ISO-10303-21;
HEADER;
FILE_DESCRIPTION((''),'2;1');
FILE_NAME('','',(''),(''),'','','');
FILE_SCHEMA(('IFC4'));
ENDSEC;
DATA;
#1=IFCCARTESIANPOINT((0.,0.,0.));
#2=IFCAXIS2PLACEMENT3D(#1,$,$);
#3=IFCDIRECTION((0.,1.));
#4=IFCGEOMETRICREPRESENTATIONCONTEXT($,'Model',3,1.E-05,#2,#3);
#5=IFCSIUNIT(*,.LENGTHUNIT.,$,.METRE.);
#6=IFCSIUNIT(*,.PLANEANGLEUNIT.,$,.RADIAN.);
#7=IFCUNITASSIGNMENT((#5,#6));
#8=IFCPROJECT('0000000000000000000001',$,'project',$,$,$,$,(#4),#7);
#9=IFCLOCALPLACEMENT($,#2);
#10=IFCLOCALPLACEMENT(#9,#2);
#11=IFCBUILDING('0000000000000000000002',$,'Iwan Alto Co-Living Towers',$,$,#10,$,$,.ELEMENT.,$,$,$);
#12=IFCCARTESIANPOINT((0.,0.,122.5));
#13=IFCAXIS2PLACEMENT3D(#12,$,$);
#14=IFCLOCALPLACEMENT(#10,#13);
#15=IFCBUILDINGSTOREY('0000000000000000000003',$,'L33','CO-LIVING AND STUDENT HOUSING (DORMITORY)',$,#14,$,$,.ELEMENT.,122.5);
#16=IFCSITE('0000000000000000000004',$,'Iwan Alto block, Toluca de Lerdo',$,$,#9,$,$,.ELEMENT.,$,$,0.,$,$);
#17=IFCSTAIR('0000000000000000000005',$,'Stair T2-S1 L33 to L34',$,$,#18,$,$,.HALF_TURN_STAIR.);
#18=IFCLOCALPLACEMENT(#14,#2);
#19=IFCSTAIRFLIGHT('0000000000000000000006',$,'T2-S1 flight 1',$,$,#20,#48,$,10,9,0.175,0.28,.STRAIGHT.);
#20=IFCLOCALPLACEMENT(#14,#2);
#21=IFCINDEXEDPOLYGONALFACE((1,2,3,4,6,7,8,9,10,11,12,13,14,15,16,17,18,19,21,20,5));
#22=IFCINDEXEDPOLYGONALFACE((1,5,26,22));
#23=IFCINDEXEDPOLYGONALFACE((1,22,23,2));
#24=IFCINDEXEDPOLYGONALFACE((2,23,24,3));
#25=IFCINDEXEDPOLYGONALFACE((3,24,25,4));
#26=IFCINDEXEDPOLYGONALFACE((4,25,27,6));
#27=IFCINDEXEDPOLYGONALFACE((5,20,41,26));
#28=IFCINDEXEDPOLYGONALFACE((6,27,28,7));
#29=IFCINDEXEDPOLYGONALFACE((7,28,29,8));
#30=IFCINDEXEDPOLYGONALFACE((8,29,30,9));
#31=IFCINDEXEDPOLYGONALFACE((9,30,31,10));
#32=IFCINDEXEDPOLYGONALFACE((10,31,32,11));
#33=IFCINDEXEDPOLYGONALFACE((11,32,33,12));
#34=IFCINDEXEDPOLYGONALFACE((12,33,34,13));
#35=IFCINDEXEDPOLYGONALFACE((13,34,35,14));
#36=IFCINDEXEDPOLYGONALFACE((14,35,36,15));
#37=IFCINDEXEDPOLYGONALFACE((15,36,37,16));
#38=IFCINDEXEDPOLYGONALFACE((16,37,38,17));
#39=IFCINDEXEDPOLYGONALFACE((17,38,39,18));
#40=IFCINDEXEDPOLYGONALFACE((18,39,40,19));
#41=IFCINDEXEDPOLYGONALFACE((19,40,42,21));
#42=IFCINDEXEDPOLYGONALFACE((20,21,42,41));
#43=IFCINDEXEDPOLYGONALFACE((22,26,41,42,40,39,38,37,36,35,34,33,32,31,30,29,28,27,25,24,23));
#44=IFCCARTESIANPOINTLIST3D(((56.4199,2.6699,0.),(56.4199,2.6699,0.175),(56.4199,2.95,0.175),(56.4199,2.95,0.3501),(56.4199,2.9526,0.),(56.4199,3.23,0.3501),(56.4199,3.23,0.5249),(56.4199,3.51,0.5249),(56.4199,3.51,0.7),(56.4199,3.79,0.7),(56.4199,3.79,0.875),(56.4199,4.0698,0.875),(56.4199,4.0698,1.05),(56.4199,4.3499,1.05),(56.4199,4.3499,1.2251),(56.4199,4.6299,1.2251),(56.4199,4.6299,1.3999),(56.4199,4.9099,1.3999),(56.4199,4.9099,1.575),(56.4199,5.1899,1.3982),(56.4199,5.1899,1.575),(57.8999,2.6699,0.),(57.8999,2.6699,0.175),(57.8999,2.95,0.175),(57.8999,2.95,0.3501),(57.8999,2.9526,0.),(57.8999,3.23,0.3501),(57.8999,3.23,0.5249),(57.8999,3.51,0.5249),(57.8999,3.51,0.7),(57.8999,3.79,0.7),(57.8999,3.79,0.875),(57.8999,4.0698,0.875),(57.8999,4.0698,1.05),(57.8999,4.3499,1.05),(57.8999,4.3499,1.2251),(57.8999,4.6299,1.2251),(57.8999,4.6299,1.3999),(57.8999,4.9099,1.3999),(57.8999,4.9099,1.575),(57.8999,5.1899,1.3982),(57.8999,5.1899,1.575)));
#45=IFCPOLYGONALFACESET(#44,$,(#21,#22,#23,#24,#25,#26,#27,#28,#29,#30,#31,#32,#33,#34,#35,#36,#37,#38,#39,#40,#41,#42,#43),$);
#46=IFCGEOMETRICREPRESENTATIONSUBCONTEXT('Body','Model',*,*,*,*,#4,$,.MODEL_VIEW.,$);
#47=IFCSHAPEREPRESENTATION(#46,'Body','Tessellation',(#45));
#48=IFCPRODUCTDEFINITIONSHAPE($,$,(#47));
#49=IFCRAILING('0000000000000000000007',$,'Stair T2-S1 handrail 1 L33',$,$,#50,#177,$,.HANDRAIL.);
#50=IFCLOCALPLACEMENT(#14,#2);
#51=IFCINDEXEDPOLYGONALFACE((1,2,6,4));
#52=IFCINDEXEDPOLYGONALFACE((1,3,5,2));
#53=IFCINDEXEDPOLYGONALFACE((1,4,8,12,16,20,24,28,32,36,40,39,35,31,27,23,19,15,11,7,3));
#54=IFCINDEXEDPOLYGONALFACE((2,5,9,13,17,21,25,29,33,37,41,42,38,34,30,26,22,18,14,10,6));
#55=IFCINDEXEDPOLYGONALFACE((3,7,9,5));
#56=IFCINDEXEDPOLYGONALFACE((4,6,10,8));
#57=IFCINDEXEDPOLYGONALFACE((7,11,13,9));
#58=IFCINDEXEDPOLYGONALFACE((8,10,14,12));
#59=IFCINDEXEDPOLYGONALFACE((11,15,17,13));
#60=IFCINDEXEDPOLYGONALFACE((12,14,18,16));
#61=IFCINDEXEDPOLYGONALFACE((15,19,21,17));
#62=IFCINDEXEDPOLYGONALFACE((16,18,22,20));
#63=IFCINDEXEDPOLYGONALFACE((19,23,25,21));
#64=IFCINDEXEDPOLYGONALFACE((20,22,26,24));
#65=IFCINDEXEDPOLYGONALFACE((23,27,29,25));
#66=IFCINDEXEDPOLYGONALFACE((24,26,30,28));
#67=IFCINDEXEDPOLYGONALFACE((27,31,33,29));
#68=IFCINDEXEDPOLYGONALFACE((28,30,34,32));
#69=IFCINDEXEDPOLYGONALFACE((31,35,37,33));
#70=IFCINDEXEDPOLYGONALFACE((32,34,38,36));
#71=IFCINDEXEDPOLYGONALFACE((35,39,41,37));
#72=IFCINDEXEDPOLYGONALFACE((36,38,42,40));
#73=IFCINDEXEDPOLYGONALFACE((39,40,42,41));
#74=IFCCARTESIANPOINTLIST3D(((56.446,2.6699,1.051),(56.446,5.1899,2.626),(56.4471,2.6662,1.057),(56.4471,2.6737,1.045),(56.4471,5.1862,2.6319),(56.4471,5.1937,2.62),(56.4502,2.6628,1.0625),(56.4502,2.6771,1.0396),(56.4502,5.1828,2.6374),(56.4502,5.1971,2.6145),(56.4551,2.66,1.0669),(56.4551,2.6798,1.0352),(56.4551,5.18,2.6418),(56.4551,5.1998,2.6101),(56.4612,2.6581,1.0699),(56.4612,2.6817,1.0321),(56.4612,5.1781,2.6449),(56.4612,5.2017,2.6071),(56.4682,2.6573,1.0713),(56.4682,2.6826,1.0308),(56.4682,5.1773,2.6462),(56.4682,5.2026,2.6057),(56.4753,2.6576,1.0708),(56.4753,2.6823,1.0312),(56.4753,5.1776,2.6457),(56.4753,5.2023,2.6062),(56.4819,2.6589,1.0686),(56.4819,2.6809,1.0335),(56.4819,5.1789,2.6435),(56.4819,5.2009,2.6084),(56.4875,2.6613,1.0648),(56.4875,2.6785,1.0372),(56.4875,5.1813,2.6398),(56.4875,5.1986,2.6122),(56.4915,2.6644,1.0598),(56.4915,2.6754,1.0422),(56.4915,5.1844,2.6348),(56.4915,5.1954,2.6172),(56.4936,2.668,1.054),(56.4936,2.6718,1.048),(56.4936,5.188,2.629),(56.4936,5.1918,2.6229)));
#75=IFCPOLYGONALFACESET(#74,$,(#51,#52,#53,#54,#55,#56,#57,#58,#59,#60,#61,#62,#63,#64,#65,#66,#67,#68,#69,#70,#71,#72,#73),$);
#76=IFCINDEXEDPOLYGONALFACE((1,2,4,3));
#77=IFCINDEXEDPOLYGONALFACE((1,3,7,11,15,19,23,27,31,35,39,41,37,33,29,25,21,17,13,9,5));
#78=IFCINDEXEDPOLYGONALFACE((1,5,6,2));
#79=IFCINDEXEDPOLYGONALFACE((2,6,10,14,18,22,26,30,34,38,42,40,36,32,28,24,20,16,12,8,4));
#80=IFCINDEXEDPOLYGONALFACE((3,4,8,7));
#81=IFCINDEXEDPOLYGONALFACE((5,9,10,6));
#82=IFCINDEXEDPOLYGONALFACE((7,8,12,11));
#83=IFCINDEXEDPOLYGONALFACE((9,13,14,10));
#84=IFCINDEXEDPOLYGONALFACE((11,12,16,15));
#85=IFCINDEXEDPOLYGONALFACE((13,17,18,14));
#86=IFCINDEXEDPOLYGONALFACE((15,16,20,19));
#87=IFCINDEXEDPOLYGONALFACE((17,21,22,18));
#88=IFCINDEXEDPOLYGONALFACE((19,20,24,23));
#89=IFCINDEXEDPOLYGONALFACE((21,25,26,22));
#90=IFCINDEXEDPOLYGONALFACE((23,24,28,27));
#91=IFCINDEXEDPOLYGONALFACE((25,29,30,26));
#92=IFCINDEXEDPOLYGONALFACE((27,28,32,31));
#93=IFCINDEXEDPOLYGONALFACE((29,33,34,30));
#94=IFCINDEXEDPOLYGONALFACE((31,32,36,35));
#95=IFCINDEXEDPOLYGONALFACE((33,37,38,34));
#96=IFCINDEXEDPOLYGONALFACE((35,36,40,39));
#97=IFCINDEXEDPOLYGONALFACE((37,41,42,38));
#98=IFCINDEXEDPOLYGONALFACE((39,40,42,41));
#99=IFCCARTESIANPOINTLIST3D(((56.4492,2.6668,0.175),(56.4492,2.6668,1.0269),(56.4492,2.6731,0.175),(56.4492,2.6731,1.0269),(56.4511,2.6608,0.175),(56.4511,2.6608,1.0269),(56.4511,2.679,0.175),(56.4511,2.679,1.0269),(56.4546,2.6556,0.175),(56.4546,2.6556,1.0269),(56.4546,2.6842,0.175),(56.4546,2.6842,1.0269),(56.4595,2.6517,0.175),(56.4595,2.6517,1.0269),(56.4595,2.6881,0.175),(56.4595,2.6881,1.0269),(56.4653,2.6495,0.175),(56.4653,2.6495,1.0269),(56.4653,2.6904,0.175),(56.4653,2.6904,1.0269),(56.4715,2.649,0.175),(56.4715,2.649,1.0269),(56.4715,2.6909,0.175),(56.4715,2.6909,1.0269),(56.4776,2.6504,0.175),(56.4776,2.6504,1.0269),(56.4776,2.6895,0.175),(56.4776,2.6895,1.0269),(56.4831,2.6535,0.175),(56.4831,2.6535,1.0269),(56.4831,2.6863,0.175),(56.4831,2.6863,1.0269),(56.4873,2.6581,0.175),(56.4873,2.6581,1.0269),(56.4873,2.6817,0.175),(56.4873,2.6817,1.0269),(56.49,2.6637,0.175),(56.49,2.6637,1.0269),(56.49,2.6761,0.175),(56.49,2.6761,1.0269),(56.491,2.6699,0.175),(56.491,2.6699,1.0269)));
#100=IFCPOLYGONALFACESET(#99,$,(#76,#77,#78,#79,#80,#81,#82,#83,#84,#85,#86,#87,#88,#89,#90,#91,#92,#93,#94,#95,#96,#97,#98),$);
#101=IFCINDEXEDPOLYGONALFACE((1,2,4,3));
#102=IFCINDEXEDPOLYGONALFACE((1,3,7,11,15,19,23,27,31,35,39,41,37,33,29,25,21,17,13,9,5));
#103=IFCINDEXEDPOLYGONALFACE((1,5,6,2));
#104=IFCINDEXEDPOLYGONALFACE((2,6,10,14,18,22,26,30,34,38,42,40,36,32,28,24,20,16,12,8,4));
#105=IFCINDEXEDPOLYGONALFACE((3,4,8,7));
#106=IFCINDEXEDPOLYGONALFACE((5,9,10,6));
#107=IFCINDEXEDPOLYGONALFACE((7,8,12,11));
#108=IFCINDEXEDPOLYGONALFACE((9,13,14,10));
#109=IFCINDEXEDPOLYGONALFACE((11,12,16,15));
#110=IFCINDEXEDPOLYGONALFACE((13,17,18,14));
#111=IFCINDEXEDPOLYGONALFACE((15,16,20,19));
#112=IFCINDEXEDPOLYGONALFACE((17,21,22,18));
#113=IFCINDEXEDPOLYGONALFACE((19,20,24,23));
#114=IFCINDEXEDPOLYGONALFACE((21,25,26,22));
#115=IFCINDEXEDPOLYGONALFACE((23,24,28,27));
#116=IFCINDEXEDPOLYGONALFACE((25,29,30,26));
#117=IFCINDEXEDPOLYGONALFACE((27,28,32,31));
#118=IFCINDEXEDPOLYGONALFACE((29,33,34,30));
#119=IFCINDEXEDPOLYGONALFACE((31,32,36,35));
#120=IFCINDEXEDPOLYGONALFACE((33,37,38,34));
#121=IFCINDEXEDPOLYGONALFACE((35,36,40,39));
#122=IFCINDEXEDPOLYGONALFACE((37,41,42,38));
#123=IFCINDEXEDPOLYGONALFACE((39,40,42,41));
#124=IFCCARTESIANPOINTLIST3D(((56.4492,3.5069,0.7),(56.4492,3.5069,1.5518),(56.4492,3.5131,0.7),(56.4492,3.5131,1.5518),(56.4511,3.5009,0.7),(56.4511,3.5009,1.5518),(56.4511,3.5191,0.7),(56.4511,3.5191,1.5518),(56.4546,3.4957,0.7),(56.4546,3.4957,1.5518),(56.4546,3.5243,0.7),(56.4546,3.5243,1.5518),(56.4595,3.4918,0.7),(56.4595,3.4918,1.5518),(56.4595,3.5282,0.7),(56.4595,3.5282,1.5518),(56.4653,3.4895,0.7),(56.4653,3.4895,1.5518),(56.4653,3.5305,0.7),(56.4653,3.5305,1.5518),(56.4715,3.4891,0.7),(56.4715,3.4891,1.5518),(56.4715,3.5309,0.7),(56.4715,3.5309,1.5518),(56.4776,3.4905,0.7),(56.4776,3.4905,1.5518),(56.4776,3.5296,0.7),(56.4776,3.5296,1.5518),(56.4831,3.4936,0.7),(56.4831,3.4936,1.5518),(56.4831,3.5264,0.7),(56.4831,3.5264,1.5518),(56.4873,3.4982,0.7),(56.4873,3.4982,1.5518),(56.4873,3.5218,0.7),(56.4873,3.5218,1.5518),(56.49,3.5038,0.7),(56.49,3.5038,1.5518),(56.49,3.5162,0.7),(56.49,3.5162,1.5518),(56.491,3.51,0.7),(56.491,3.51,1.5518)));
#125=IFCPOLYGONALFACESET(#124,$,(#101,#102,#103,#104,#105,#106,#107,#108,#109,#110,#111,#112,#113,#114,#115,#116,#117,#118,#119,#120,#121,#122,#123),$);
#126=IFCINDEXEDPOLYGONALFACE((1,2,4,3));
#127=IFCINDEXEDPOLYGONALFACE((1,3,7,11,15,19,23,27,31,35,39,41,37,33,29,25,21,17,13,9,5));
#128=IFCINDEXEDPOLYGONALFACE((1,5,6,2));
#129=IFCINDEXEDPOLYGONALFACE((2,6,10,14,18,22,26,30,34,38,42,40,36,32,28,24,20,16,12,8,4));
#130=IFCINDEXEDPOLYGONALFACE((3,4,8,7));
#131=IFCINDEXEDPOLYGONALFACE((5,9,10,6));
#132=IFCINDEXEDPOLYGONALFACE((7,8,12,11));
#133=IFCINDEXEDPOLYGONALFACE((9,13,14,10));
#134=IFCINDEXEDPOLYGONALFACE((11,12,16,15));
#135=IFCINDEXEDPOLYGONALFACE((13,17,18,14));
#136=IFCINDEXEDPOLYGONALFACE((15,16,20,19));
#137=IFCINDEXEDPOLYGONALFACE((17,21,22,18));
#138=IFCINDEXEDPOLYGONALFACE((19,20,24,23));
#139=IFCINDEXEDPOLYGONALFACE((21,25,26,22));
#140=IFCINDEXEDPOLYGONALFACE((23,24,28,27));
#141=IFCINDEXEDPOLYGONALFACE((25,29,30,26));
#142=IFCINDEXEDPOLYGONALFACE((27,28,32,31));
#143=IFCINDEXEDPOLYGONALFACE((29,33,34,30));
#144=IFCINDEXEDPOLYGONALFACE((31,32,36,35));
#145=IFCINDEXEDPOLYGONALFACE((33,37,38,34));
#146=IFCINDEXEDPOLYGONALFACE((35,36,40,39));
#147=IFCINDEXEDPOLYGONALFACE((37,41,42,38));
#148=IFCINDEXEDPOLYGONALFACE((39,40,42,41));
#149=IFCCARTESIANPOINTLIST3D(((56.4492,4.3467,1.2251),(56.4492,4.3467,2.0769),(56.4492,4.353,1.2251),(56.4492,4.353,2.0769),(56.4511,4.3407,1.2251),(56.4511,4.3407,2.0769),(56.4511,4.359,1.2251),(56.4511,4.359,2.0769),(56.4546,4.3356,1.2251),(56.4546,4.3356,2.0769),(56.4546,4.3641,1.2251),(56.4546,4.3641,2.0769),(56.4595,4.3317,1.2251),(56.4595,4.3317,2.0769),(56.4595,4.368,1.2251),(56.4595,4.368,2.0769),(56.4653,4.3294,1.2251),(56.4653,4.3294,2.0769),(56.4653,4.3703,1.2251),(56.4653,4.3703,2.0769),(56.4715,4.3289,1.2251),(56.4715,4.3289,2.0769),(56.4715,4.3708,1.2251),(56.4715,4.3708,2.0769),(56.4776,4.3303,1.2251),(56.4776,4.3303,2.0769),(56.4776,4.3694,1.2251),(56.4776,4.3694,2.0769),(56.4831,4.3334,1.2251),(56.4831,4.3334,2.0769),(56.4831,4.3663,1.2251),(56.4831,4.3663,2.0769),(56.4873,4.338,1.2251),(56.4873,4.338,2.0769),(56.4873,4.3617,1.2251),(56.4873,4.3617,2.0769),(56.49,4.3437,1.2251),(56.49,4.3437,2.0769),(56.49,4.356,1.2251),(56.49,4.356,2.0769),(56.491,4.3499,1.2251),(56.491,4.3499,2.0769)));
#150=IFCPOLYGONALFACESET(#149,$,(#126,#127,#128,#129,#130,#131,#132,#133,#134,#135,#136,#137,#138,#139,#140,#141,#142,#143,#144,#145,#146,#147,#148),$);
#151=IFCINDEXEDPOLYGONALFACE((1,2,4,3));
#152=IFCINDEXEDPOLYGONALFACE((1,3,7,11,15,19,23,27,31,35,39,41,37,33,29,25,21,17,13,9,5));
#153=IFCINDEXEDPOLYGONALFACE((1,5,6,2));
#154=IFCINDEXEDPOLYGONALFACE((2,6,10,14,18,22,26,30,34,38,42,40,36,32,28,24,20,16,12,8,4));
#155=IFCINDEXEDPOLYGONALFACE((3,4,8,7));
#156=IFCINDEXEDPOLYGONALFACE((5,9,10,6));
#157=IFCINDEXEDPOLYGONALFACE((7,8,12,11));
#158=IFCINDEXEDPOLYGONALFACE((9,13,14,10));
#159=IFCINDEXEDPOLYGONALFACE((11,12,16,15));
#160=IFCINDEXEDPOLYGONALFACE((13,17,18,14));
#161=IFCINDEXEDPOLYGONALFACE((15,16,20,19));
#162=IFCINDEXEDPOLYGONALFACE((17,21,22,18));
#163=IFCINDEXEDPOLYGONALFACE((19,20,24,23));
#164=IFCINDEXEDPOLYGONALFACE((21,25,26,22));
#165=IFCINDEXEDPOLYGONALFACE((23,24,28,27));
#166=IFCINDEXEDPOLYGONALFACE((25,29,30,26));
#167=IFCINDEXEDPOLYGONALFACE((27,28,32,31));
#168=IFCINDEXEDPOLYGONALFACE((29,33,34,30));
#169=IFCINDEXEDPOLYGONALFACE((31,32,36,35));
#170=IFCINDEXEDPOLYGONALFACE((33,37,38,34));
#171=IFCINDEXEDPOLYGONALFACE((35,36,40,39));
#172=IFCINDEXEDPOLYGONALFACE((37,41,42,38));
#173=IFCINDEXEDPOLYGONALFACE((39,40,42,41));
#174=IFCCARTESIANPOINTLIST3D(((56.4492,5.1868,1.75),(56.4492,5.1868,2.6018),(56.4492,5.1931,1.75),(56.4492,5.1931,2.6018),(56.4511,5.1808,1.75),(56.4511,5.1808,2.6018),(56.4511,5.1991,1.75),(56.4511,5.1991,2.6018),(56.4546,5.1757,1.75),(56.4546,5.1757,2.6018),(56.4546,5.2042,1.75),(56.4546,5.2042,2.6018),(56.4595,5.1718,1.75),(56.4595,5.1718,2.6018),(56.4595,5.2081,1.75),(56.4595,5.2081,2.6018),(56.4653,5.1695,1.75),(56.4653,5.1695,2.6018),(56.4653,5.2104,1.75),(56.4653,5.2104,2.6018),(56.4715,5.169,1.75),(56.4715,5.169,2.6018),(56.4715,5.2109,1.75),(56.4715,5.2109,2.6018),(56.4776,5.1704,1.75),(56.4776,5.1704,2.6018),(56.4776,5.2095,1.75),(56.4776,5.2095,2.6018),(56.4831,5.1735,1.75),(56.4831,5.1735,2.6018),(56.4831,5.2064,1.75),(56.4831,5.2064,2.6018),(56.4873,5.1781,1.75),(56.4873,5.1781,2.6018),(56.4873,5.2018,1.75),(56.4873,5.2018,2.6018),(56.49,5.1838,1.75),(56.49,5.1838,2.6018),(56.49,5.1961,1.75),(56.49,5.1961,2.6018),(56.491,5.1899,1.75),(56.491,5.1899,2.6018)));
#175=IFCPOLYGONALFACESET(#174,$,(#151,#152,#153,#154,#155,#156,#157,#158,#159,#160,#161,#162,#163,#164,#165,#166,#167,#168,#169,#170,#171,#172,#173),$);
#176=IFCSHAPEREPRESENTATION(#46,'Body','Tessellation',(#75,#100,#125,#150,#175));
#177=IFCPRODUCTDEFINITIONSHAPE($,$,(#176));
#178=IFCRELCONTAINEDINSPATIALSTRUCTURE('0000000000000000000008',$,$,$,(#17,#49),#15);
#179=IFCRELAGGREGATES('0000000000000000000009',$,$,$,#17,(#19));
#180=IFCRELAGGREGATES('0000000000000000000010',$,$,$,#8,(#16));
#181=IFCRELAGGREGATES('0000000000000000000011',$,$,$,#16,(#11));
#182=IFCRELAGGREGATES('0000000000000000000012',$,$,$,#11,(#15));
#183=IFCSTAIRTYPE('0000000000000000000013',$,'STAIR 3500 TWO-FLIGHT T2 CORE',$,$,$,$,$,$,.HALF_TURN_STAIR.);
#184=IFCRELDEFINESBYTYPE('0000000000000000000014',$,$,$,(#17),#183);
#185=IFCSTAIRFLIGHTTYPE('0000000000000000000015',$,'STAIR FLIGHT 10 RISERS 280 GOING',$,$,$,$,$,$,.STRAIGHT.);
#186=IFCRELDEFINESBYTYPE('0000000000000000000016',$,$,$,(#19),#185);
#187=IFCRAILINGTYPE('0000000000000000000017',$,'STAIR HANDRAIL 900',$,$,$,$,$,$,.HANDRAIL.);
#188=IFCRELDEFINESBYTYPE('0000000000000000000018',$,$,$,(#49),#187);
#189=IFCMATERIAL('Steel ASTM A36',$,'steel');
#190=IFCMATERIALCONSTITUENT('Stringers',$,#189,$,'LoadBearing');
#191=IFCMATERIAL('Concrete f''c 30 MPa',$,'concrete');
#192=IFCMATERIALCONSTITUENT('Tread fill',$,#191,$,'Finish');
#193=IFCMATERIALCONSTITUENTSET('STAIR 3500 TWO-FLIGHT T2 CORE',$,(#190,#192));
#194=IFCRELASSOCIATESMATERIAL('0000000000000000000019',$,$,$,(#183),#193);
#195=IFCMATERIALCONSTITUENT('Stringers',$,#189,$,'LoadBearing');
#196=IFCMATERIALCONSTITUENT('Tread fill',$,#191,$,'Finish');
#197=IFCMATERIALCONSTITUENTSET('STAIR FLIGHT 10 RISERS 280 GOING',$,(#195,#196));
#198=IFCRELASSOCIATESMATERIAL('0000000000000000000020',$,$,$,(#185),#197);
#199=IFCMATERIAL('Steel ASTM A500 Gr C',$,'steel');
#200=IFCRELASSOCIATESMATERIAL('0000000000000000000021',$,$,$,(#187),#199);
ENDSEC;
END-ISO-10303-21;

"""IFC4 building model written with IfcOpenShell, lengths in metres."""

from ifc_helpers import new_model, si_unit, direction, frame, origin, origin_2d, place, context, subcontext, project, spatial, polyline, circle, outline, extrude, material, constituent, constituent_set, type_object, element, aggregate, save


model = new_model("IFC4")

# Units and contexts
model_context = context("Model", 3, precision=1e-05, world=origin(), true_north=direction((0.0, 1.0)))
body_context = subcontext(model_context, "Body", "Model", "MODEL_VIEW")
ifc_project = project(units=[si_unit("LENGTHUNIT", "METRE"), si_unit("PLANEANGLEUNIT", "RADIAN")], contexts=[model_context])

# Site, building, storey
site_placement = place(None, origin())
site = spatial("IfcSite", under=ifc_project, at=site_placement, Name="Iwan Alto block, Toluca de Lerdo", CompositionType="ELEMENT", RefElevation=0.0)
building_placement = place(site_placement, origin())
building = spatial("IfcBuilding", under=site, at=building_placement, Name="Iwan Alto Co-Living Towers", CompositionType="ELEMENT")
storey_placement = place(building_placement, frame((0.0, 0.0, 122.5)))
storey = spatial("IfcBuildingStorey", under=building, at=storey_placement, Name="L33", Description="CO-LIVING AND STUDENT HOUSING (DORMITORY)", CompositionType="ELEMENT", Elevation=122.5)

# Stair, stair flight
ifc_material_1 = material(Name="Steel ASTM A36", Category="steel")
ifc_constituent_1 = constituent(ifc_material_1, Name="Stringers", Category="LoadBearing")
ifc_material_2 = material(Name="Concrete f'c 30 MPa", Category="concrete")
ifc_constituent_2 = constituent(ifc_material_2, Name="Tread fill", Category="Finish")
ifc_constituent_set_1 = constituent_set(constituents=[ifc_constituent_1, ifc_constituent_2], Name="STAIR 3500 TWO-FLIGHT T2 CORE")
stair_type = type_object("IfcStairType", Name="STAIR 3500 TWO-FLIGHT T2 CORE", PredefinedType="HALF_TURN_STAIR", material=ifc_constituent_set_1)
stair_placement = place(storey_placement, origin())
stair = element("IfcStair", 1, at=stair_placement, inside=storey, type_object=stair_type, Name="Stair T2-S1 L33 to L34", PredefinedType="HALF_TURN_STAIR")
ifc_constituent_3 = constituent(ifc_material_1, Name="Stringers", Category="LoadBearing")
ifc_constituent_4 = constituent(ifc_material_2, Name="Tread fill", Category="Finish")
ifc_constituent_set_2 = constituent_set(constituents=[ifc_constituent_3, ifc_constituent_4], Name="STAIR FLIGHT 10 RISERS 280 GOING")
stair_flight_type = type_object("IfcStairFlightType", Name="STAIR FLIGHT 10 RISERS 280 GOING", PredefinedType="STRAIGHT", material=ifc_constituent_set_2)
stair_flight_placement = place(storey_placement, frame((57.1599, 2.6699, 0.0), z_axis=(0.0, 0.0, 1.0), x_axis=(0.0, 1.0, 0.0)))
stair_flight = element("IfcStairFlight", 2, at=stair_flight_placement, type_object=stair_flight_type, Name="T2-S1 flight 1", NumberOfRisers=10, NumberOfTreads=9, PredefinedType="STRAIGHT", RiserHeight=0.175, TreadLength=0.28, context=body_context, shape_type="SweptSolid", body=[
    extrude(outline(polyline([(0.0, 0.0), (0.0, 0.175), (0.28, 0.175), (0.28, 0.3501), (0.5601, 0.3501), (0.5601, 0.5249), (0.8401, 0.5249), (0.8401, 0.7), (1.1201, 0.7), (1.1201, 0.875), (1.3999, 0.875), (1.3999, 1.05), (1.6799, 1.05), (1.6799, 1.2251), (1.96, 1.2251), (1.96, 1.3999), (2.24, 1.3999), (2.24, 1.575), (2.52, 1.575), (2.52, 1.75), (2.52, 1.3982), (0.2827, 0.0), (0.0, 0.0)])), frame((0.0, 0.74, 0.0), z_axis=(0.0, -1.0, 0.0), x_axis=(1.0, 0.0, 0.0)), (0.0, 0.0, 1.0), 1.48),
])
aggregate(stair, [stair_flight])

# Railing
ifc_material_3 = material(Name="Steel ASTM A500 Gr C", Category="steel")
railing_type_1 = type_object("IfcRailingType", Name="STAIR HANDRAIL 900", PredefinedType="HANDRAIL", material=ifc_material_3)
railing_1_placement = place(storey_placement, frame((56.47, 2.6699, 0.175)))
element("IfcRailing", 3, at=railing_1_placement, inside=storey, type_object=railing_type_1, Name="Stair T2-S1 handrail 1 L33", PredefinedType="HANDRAIL", context=body_context, shape_type="SweptSolid", body=[
    extrude(circle(Radius=0.0239, at=origin_2d()), frame((0.0, 0.0, 0.876), z_axis=(0.0, 0.848008, 0.529984), x_axis=(-1.0, 0.0, 0.0)), (0.0, 0.0, 1.0), 2.9717),
    extrude(circle(Radius=0.021, at=origin_2d()), origin(), (0.0, 0.0, 1.0), 0.8518),
    extrude(circle(Radius=0.021, at=origin_2d()), frame((0.0, 0.8401, 0.5249)), (0.0, 0.0, 1.0), 0.8518),
    extrude(circle(Radius=0.021, at=origin_2d()), frame((0.0, 1.6799, 1.05)), (0.0, 0.0, 1.0), 0.8518),
    extrude(circle(Radius=0.021, at=origin_2d()), frame((0.0, 2.52, 1.575)), (0.0, 0.0, 1.0), 0.8518),
])

save(model, "model.ifc")
